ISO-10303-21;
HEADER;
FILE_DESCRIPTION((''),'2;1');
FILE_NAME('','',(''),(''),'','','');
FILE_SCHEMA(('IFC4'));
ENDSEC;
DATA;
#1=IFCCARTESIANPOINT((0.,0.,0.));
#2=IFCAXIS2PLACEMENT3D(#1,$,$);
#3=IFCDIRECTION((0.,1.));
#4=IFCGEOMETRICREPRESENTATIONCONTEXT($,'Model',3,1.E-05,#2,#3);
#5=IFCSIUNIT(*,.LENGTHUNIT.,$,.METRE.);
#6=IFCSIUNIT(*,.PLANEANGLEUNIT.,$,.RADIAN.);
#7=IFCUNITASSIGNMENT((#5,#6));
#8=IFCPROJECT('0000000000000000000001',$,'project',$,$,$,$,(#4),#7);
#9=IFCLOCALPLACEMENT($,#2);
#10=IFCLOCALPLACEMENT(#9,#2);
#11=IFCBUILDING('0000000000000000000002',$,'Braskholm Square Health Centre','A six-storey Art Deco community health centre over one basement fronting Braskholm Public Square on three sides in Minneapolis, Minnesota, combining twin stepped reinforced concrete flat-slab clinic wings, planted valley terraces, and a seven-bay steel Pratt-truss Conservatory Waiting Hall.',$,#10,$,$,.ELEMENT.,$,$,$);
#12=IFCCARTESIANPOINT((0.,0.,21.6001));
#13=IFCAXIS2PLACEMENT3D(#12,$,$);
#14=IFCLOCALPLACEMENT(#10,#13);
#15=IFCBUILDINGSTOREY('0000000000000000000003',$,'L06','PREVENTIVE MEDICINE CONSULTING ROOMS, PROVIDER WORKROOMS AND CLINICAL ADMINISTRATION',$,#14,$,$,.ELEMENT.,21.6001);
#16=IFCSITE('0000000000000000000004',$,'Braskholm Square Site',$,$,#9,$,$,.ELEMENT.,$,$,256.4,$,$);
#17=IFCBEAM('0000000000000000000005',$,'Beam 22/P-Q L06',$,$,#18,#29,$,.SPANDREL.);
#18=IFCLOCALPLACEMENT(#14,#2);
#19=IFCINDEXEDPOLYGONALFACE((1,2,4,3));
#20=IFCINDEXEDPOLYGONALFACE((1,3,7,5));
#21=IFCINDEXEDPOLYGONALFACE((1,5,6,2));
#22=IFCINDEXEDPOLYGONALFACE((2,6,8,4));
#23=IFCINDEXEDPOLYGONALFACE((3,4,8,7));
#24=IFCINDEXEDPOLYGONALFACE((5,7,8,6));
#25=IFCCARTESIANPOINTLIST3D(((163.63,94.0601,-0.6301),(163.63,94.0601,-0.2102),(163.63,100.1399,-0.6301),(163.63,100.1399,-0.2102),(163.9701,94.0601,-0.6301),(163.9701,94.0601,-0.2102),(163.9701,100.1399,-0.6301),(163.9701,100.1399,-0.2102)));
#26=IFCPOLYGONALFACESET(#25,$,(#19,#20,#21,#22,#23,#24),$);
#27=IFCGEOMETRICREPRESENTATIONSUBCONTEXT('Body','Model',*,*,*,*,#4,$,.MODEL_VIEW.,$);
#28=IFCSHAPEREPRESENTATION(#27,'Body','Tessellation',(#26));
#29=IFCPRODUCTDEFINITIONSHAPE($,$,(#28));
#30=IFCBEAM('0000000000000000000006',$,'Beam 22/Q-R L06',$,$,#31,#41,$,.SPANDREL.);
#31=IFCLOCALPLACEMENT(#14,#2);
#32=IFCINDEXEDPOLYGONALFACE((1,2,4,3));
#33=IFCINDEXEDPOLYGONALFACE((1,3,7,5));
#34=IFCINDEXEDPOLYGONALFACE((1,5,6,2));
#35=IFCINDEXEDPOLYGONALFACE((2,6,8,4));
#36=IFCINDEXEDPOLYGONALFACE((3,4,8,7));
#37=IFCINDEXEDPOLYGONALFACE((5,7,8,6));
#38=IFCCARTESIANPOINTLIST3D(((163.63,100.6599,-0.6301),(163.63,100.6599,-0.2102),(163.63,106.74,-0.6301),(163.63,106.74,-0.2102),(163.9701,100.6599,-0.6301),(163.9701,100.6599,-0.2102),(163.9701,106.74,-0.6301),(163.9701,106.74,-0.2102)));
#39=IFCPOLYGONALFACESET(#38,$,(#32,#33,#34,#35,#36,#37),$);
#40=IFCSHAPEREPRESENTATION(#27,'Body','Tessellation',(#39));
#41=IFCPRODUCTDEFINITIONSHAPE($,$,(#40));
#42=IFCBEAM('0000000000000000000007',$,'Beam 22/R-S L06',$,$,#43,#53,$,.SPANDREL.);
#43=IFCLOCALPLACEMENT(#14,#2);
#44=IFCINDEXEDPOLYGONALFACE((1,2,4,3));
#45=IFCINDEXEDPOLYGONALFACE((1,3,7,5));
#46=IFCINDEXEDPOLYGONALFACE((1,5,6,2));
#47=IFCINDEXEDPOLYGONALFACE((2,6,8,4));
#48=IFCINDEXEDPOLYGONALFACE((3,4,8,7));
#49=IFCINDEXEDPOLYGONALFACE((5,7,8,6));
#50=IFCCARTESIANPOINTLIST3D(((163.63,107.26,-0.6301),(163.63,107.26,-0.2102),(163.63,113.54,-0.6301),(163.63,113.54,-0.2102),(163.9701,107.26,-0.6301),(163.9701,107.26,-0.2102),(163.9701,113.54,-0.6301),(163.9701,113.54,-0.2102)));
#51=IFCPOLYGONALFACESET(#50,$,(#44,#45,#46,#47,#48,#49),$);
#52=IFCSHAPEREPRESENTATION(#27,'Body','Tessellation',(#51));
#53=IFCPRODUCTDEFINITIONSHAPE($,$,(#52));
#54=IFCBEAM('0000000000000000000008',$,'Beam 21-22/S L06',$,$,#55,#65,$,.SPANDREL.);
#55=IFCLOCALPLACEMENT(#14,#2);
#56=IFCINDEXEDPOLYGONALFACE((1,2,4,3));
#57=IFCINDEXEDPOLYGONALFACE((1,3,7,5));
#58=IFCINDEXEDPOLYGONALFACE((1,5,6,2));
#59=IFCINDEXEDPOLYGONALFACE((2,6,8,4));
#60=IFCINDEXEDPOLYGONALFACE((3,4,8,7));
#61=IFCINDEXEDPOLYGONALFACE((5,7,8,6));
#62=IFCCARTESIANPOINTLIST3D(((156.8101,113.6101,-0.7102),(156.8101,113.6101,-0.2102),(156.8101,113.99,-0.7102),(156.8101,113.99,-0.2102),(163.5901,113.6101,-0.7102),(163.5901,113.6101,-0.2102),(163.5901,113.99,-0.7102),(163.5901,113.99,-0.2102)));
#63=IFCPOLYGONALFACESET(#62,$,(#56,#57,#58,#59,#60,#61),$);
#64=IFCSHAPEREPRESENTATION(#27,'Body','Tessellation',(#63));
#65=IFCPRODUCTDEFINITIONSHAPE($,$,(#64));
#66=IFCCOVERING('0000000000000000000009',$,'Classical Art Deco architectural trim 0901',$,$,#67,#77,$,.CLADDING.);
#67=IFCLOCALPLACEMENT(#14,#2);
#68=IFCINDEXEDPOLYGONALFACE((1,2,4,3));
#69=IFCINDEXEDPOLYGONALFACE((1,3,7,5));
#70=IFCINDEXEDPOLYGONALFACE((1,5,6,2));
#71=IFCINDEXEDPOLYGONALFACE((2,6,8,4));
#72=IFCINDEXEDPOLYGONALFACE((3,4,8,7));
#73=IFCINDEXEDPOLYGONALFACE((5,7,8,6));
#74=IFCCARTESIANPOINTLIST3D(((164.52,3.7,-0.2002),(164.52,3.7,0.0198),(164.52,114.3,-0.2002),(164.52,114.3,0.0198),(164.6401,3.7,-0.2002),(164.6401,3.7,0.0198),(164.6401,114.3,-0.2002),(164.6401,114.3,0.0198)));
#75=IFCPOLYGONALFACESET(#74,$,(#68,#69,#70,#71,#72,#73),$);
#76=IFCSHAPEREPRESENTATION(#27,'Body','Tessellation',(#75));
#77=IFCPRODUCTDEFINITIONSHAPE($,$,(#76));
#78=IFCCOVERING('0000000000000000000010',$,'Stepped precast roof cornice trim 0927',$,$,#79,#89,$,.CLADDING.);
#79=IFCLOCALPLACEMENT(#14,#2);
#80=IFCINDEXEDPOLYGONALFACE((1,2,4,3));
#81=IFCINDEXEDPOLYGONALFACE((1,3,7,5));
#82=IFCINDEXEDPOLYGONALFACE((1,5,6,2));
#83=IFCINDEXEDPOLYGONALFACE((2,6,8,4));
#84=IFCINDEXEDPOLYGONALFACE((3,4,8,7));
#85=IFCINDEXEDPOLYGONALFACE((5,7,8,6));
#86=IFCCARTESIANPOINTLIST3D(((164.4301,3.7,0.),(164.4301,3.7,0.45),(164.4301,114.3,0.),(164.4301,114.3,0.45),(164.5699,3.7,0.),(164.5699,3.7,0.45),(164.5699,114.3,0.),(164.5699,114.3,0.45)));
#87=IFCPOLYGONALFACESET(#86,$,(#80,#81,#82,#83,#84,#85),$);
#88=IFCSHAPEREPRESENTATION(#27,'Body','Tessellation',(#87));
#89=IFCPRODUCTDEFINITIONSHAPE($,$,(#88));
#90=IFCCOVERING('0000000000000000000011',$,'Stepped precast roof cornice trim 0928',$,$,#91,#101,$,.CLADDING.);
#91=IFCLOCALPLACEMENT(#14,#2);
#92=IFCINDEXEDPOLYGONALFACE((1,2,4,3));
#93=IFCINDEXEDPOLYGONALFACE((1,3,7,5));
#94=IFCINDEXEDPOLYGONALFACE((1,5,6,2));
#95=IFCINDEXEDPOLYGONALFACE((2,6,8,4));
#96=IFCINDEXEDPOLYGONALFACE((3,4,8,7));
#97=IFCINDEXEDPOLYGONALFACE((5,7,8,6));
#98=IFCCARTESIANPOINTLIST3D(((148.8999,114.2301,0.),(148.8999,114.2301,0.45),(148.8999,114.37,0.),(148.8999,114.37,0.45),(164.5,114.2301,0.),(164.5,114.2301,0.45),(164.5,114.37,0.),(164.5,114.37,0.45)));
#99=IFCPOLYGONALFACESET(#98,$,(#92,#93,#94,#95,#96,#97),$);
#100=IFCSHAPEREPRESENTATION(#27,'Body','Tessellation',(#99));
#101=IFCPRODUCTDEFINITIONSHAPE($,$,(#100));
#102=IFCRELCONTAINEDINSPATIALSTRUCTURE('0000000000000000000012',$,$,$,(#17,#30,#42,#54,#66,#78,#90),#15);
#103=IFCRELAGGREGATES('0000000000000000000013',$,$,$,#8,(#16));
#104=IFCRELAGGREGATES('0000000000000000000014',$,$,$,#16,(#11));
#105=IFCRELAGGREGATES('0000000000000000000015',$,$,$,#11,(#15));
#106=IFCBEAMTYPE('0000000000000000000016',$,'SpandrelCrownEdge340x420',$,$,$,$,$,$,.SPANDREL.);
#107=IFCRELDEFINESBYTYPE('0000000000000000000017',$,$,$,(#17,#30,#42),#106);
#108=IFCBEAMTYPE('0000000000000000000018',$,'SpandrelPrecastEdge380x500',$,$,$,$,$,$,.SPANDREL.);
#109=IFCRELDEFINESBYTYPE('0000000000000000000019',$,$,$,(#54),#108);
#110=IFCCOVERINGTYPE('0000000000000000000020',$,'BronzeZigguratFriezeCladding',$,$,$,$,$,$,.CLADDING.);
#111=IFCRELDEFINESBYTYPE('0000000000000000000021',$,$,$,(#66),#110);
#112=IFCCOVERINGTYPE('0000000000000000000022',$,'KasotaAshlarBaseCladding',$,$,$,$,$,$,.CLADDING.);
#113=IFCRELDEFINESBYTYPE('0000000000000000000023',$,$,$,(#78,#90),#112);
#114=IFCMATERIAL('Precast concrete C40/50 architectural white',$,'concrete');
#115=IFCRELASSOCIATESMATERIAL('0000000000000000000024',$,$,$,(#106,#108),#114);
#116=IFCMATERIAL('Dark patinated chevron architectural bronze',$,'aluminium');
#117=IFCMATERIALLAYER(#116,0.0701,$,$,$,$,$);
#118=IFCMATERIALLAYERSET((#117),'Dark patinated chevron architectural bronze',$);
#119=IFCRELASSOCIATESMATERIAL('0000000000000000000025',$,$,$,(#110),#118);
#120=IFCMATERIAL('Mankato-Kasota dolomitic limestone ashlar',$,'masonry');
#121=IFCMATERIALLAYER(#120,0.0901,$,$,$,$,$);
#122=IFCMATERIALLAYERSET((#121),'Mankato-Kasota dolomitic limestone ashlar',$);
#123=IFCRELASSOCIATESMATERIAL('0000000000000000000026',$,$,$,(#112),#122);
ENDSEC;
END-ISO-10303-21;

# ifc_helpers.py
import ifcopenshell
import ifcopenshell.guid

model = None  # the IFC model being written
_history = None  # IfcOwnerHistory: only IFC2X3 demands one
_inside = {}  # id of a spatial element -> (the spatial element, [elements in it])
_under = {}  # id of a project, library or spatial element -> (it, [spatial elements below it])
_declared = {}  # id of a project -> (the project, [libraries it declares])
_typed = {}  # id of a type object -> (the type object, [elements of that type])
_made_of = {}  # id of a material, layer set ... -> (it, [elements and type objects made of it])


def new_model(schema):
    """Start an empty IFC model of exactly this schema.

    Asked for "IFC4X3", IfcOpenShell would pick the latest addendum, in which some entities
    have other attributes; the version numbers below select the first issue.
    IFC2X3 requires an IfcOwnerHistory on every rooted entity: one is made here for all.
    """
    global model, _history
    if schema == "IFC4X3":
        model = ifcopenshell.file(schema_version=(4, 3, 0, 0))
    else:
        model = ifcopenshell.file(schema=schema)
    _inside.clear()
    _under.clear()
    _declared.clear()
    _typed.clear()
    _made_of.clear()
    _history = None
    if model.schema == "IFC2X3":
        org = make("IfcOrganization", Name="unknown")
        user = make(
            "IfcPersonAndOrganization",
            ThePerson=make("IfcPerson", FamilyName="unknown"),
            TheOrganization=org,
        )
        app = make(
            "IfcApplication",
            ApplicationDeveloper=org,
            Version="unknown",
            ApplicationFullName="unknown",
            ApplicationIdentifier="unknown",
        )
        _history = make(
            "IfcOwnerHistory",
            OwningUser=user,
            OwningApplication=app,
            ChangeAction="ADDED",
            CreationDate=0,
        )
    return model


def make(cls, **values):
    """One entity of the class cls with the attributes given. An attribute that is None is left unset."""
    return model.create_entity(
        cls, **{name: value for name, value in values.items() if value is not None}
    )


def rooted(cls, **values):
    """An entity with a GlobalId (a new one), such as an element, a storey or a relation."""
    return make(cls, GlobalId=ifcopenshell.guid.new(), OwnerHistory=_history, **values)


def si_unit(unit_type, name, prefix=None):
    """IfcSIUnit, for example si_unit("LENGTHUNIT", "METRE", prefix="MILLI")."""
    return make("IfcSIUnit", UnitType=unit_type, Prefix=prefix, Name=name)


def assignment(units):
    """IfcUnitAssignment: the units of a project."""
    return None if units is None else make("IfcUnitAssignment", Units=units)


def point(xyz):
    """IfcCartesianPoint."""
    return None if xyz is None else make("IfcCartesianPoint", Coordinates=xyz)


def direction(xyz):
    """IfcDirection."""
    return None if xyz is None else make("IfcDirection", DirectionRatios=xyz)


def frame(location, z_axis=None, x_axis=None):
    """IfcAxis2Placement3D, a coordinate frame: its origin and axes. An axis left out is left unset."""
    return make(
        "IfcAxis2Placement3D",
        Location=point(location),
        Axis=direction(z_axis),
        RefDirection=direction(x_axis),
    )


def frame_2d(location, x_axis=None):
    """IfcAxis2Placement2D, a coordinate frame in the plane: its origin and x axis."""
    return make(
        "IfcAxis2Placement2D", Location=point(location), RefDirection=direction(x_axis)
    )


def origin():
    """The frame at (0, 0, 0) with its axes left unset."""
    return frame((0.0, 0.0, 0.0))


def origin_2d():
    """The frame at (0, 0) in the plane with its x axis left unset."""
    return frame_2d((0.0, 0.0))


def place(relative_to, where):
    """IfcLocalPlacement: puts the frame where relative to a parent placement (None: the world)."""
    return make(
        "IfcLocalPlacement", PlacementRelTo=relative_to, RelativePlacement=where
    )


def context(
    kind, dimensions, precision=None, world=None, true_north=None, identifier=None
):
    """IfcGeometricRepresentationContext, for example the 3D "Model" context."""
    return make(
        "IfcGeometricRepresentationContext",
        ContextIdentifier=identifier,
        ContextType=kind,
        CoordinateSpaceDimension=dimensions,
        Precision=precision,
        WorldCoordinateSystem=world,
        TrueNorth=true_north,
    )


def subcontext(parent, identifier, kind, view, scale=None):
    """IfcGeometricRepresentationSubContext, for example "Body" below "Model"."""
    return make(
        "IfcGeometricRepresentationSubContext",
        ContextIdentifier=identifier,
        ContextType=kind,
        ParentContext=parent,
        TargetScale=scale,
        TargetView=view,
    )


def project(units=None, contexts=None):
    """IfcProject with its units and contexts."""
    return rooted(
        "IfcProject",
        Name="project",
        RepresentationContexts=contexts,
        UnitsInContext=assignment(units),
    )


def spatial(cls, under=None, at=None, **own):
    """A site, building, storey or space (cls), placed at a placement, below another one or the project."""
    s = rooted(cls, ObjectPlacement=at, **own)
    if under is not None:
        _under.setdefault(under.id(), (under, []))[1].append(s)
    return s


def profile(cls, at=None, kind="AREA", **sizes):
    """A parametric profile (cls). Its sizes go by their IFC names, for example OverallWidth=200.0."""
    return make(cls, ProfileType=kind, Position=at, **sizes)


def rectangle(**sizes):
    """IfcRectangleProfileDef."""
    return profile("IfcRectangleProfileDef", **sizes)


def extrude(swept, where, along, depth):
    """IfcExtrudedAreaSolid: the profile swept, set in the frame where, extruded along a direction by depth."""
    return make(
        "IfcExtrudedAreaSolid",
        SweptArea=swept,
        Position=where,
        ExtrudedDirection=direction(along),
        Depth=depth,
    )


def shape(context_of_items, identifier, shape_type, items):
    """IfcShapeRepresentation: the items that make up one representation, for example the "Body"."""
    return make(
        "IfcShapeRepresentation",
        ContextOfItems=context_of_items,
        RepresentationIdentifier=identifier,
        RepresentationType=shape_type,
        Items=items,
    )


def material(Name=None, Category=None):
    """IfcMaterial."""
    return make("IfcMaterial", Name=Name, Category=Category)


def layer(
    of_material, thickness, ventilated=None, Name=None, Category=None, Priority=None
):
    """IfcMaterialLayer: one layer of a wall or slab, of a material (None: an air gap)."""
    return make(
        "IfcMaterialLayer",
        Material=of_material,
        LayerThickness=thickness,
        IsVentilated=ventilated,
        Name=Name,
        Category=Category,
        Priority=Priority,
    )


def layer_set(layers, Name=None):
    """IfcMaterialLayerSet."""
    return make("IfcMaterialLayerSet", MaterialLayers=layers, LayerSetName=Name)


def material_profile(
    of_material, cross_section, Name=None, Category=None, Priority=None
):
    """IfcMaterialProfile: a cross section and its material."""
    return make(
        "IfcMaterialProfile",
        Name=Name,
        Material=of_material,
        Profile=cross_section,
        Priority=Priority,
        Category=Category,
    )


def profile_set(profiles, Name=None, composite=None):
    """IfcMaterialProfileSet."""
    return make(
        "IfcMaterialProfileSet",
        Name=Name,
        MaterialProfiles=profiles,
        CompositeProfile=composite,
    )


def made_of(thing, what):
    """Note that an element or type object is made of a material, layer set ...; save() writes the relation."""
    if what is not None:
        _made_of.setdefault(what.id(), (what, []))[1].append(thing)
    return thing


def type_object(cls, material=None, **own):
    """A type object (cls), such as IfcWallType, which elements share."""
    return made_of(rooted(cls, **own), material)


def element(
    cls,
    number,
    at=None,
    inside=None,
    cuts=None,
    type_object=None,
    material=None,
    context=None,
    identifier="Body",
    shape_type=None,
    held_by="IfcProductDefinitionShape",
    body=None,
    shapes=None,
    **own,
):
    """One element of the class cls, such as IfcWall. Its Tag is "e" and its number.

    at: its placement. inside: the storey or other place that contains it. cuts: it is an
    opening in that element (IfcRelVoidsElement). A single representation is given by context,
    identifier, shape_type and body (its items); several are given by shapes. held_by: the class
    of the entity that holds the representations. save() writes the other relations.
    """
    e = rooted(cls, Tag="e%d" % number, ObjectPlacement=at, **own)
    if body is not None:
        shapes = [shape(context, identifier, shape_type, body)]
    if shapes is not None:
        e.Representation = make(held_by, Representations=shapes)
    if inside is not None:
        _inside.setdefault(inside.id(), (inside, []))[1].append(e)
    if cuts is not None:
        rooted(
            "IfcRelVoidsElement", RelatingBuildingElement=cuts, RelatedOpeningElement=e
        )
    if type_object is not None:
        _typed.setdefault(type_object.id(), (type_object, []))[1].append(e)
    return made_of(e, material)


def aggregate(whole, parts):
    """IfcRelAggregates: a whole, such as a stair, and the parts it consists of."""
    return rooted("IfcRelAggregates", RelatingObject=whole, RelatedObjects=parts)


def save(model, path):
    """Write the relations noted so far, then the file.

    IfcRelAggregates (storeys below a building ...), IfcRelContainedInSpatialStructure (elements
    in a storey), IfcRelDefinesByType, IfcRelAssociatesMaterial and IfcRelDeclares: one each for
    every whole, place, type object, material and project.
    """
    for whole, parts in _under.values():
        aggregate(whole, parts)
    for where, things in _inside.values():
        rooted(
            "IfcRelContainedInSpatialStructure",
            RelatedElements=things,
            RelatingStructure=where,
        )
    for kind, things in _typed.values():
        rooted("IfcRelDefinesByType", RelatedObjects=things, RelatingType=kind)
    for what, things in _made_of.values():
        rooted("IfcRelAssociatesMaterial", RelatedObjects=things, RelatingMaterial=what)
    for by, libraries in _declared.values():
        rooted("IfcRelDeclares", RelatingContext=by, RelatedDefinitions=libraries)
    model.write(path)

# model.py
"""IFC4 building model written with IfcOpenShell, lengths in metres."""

from ifc_helpers import new_model, si_unit, direction, frame, origin, origin_2d, place, context, subcontext, project, spatial, rectangle, extrude, material, layer, layer_set, material_profile, profile_set, type_object, element, save


model = new_model("IFC4")

# Units and contexts
model_context = context("Model", 3, precision=1e-05, world=origin(), true_north=direction((0.0, 1.0)))
body_context = subcontext(model_context, "Body", "Model", "MODEL_VIEW")
ifc_project = project(units=[si_unit("LENGTHUNIT", "METRE"), si_unit("PLANEANGLEUNIT", "RADIAN")], contexts=[model_context])

# Site, building, storey
site_placement = place(None, origin())
site = spatial("IfcSite", under=ifc_project, at=site_placement, Name="Braskholm Square Site", CompositionType="ELEMENT", RefElevation=256.4)
building_placement = place(site_placement, origin())
building = spatial("IfcBuilding", under=site, at=building_placement, Name="Braskholm Square Health Centre", Description="A six-storey Art Deco community health centre over one basement fronting Braskholm Public Square on three sides in Minneapolis, Minnesota, combining twin stepped reinforced concrete flat-slab clinic wings, planted valley terraces, and a seven-bay steel Pratt-truss Conservatory Waiting Hall.", CompositionType="ELEMENT")
storey_placement = place(building_placement, frame((0.0, 0.0, 21.6001)))
storey = spatial("IfcBuildingStorey", under=building, at=storey_placement, Name="L06", Description="PREVENTIVE MEDICINE CONSULTING ROOMS, PROVIDER WORKROOMS AND CLINICAL ADMINISTRATION", CompositionType="ELEMENT", Elevation=21.6001)

# Beams
ifc_material_1 = material(Name="Precast concrete C40/50 architectural white", Category="concrete")
ifc_material_profile_1 = material_profile(ifc_material_1, rectangle(XDim=0.3401, YDim=0.4199, at=origin_2d()), Name="RCB-340X420")
ifc_profile_set_1 = profile_set([ifc_material_profile_1], Name="Precast concrete C40/50 architectural white")
beam_type_1 = type_object("IfcBeamType", Name="SpandrelCrownEdge340x420", PredefinedType="SPANDREL", material=ifc_profile_set_1)
beam_1_placement = place(storey_placement, frame((163.8, 94.0601, -0.4202), z_axis=(0.0, 1.0, 0.0), x_axis=(-1.0, 0.0, 0.0)))
element("IfcBeam", 1, at=beam_1_placement, inside=storey, type_object=beam_type_1, Name="Beam 22/P-Q L06", PredefinedType="SPANDREL", context=body_context, shape_type="SweptSolid", body=[
    extrude(rectangle(XDim=0.3401, YDim=0.4199, at=origin_2d()), origin(), (0.0, 0.0, 1.0), 6.0798),
])
beam_2_placement = place(storey_placement, frame((163.8, 100.6599, -0.4202), z_axis=(0.0, 1.0, 0.0), x_axis=(-1.0, 0.0, 0.0)))
element("IfcBeam", 2, at=beam_2_placement, inside=storey, type_object=beam_type_1, Name="Beam 22/Q-R L06", PredefinedType="SPANDREL", context=body_context, shape_type="SweptSolid", body=[
    extrude(rectangle(XDim=0.3401, YDim=0.4199, at=origin_2d()), origin(), (0.0, 0.0, 1.0), 6.0801),
])
beam_3_placement = place(storey_placement, frame((163.8, 107.26, -0.4202), z_axis=(0.0, 1.0, 0.0), x_axis=(-1.0, 0.0, 0.0)))
element("IfcBeam", 3, at=beam_3_placement, inside=storey, type_object=beam_type_1, Name="Beam 22/R-S L06", PredefinedType="SPANDREL", context=body_context, shape_type="SweptSolid", body=[
    extrude(rectangle(XDim=0.3401, YDim=0.4199, at=origin_2d()), origin(), (0.0, 0.0, 1.0), 6.28),
])
ifc_material_profile_2 = material_profile(ifc_material_1, rectangle(XDim=0.3799, YDim=0.5, at=origin_2d()), Name="RCB-380X500")
ifc_profile_set_2 = profile_set([ifc_material_profile_2], Name="Precast concrete C40/50 architectural white")
beam_type_2 = type_object("IfcBeamType", Name="SpandrelPrecastEdge380x500", PredefinedType="SPANDREL", material=ifc_profile_set_2)
beam_4_placement = place(storey_placement, frame((156.8101, 113.8, -0.4602), z_axis=(1.0, 0.0, 0.0), x_axis=(0.0, 1.0, 0.0)))
element("IfcBeam", 4, at=beam_4_placement, inside=storey, type_object=beam_type_2, Name="Beam 21-22/S L06", PredefinedType="SPANDREL", context=body_context, shape_type="SweptSolid", body=[
    extrude(rectangle(XDim=0.3799, YDim=0.5, at=origin_2d()), origin(), (0.0, 0.0, 1.0), 6.78),
])

# Coverings
ifc_material_2 = material(Name="Dark patinated chevron architectural bronze", Category="aluminium")
ifc_layer_1 = layer(ifc_material_2, 0.0701)
ifc_layer_set_1 = layer_set([ifc_layer_1], Name="Dark patinated chevron architectural bronze")
covering_type_1 = type_object("IfcCoveringType", Name="BronzeZigguratFriezeCladding", PredefinedType="CLADDING", material=ifc_layer_set_1)
covering_1_placement = place(storey_placement, frame((164.5801, 59.0, -0.2002), z_axis=(0.0, 0.0, 1.0), x_axis=(1.0, 0.0, 0.0)))
element("IfcCovering", 5, at=covering_1_placement, inside=storey, type_object=covering_type_1, Name="Classical Art Deco architectural trim 0901", PredefinedType="CLADDING", context=body_context, shape_type="SweptSolid", body=[
    extrude(rectangle(XDim=0.1201, YDim=110.6001, at=origin_2d()), origin(), (0.0, 0.0, 1.0), 0.22),
])
ifc_material_3 = material(Name="Mankato-Kasota dolomitic limestone ashlar", Category="masonry")
ifc_layer_2 = layer(ifc_material_3, 0.0901)
ifc_layer_set_2 = layer_set([ifc_layer_2], Name="Mankato-Kasota dolomitic limestone ashlar")
covering_type_2 = type_object("IfcCoveringType", Name="KasotaAshlarBaseCladding", PredefinedType="CLADDING", material=ifc_layer_set_2)
covering_2_placement = place(storey_placement, frame((164.5, 59.0, 0.0), z_axis=(0.0, 0.0, 1.0), x_axis=(0.0, 1.0, 0.0)))
element("IfcCovering", 6, at=covering_2_placement, inside=storey, type_object=covering_type_2, Name="Stepped precast roof cornice trim 0927", PredefinedType="CLADDING", context=body_context, shape_type="SweptSolid", body=[
    extrude(rectangle(XDim=110.6001, YDim=0.1399, at=origin_2d()), origin(), (0.0, 0.0, 1.0), 0.45),
])
covering_3_placement = place(storey_placement, frame((156.7, 114.3, 0.0), z_axis=(0.0, 0.0, 1.0), x_axis=(-1.0, 0.0, 0.0)))
element("IfcCovering", 7, at=covering_3_placement, inside=storey, type_object=covering_type_2, Name="Stepped precast roof cornice trim 0928", PredefinedType="CLADDING", context=body_context, shape_type="SweptSolid", body=[
    extrude(rectangle(XDim=15.6001, YDim=0.1399, at=origin_2d()), origin(), (0.0, 0.0, 1.0), 0.45),
])

save(model, "model.ifc")
